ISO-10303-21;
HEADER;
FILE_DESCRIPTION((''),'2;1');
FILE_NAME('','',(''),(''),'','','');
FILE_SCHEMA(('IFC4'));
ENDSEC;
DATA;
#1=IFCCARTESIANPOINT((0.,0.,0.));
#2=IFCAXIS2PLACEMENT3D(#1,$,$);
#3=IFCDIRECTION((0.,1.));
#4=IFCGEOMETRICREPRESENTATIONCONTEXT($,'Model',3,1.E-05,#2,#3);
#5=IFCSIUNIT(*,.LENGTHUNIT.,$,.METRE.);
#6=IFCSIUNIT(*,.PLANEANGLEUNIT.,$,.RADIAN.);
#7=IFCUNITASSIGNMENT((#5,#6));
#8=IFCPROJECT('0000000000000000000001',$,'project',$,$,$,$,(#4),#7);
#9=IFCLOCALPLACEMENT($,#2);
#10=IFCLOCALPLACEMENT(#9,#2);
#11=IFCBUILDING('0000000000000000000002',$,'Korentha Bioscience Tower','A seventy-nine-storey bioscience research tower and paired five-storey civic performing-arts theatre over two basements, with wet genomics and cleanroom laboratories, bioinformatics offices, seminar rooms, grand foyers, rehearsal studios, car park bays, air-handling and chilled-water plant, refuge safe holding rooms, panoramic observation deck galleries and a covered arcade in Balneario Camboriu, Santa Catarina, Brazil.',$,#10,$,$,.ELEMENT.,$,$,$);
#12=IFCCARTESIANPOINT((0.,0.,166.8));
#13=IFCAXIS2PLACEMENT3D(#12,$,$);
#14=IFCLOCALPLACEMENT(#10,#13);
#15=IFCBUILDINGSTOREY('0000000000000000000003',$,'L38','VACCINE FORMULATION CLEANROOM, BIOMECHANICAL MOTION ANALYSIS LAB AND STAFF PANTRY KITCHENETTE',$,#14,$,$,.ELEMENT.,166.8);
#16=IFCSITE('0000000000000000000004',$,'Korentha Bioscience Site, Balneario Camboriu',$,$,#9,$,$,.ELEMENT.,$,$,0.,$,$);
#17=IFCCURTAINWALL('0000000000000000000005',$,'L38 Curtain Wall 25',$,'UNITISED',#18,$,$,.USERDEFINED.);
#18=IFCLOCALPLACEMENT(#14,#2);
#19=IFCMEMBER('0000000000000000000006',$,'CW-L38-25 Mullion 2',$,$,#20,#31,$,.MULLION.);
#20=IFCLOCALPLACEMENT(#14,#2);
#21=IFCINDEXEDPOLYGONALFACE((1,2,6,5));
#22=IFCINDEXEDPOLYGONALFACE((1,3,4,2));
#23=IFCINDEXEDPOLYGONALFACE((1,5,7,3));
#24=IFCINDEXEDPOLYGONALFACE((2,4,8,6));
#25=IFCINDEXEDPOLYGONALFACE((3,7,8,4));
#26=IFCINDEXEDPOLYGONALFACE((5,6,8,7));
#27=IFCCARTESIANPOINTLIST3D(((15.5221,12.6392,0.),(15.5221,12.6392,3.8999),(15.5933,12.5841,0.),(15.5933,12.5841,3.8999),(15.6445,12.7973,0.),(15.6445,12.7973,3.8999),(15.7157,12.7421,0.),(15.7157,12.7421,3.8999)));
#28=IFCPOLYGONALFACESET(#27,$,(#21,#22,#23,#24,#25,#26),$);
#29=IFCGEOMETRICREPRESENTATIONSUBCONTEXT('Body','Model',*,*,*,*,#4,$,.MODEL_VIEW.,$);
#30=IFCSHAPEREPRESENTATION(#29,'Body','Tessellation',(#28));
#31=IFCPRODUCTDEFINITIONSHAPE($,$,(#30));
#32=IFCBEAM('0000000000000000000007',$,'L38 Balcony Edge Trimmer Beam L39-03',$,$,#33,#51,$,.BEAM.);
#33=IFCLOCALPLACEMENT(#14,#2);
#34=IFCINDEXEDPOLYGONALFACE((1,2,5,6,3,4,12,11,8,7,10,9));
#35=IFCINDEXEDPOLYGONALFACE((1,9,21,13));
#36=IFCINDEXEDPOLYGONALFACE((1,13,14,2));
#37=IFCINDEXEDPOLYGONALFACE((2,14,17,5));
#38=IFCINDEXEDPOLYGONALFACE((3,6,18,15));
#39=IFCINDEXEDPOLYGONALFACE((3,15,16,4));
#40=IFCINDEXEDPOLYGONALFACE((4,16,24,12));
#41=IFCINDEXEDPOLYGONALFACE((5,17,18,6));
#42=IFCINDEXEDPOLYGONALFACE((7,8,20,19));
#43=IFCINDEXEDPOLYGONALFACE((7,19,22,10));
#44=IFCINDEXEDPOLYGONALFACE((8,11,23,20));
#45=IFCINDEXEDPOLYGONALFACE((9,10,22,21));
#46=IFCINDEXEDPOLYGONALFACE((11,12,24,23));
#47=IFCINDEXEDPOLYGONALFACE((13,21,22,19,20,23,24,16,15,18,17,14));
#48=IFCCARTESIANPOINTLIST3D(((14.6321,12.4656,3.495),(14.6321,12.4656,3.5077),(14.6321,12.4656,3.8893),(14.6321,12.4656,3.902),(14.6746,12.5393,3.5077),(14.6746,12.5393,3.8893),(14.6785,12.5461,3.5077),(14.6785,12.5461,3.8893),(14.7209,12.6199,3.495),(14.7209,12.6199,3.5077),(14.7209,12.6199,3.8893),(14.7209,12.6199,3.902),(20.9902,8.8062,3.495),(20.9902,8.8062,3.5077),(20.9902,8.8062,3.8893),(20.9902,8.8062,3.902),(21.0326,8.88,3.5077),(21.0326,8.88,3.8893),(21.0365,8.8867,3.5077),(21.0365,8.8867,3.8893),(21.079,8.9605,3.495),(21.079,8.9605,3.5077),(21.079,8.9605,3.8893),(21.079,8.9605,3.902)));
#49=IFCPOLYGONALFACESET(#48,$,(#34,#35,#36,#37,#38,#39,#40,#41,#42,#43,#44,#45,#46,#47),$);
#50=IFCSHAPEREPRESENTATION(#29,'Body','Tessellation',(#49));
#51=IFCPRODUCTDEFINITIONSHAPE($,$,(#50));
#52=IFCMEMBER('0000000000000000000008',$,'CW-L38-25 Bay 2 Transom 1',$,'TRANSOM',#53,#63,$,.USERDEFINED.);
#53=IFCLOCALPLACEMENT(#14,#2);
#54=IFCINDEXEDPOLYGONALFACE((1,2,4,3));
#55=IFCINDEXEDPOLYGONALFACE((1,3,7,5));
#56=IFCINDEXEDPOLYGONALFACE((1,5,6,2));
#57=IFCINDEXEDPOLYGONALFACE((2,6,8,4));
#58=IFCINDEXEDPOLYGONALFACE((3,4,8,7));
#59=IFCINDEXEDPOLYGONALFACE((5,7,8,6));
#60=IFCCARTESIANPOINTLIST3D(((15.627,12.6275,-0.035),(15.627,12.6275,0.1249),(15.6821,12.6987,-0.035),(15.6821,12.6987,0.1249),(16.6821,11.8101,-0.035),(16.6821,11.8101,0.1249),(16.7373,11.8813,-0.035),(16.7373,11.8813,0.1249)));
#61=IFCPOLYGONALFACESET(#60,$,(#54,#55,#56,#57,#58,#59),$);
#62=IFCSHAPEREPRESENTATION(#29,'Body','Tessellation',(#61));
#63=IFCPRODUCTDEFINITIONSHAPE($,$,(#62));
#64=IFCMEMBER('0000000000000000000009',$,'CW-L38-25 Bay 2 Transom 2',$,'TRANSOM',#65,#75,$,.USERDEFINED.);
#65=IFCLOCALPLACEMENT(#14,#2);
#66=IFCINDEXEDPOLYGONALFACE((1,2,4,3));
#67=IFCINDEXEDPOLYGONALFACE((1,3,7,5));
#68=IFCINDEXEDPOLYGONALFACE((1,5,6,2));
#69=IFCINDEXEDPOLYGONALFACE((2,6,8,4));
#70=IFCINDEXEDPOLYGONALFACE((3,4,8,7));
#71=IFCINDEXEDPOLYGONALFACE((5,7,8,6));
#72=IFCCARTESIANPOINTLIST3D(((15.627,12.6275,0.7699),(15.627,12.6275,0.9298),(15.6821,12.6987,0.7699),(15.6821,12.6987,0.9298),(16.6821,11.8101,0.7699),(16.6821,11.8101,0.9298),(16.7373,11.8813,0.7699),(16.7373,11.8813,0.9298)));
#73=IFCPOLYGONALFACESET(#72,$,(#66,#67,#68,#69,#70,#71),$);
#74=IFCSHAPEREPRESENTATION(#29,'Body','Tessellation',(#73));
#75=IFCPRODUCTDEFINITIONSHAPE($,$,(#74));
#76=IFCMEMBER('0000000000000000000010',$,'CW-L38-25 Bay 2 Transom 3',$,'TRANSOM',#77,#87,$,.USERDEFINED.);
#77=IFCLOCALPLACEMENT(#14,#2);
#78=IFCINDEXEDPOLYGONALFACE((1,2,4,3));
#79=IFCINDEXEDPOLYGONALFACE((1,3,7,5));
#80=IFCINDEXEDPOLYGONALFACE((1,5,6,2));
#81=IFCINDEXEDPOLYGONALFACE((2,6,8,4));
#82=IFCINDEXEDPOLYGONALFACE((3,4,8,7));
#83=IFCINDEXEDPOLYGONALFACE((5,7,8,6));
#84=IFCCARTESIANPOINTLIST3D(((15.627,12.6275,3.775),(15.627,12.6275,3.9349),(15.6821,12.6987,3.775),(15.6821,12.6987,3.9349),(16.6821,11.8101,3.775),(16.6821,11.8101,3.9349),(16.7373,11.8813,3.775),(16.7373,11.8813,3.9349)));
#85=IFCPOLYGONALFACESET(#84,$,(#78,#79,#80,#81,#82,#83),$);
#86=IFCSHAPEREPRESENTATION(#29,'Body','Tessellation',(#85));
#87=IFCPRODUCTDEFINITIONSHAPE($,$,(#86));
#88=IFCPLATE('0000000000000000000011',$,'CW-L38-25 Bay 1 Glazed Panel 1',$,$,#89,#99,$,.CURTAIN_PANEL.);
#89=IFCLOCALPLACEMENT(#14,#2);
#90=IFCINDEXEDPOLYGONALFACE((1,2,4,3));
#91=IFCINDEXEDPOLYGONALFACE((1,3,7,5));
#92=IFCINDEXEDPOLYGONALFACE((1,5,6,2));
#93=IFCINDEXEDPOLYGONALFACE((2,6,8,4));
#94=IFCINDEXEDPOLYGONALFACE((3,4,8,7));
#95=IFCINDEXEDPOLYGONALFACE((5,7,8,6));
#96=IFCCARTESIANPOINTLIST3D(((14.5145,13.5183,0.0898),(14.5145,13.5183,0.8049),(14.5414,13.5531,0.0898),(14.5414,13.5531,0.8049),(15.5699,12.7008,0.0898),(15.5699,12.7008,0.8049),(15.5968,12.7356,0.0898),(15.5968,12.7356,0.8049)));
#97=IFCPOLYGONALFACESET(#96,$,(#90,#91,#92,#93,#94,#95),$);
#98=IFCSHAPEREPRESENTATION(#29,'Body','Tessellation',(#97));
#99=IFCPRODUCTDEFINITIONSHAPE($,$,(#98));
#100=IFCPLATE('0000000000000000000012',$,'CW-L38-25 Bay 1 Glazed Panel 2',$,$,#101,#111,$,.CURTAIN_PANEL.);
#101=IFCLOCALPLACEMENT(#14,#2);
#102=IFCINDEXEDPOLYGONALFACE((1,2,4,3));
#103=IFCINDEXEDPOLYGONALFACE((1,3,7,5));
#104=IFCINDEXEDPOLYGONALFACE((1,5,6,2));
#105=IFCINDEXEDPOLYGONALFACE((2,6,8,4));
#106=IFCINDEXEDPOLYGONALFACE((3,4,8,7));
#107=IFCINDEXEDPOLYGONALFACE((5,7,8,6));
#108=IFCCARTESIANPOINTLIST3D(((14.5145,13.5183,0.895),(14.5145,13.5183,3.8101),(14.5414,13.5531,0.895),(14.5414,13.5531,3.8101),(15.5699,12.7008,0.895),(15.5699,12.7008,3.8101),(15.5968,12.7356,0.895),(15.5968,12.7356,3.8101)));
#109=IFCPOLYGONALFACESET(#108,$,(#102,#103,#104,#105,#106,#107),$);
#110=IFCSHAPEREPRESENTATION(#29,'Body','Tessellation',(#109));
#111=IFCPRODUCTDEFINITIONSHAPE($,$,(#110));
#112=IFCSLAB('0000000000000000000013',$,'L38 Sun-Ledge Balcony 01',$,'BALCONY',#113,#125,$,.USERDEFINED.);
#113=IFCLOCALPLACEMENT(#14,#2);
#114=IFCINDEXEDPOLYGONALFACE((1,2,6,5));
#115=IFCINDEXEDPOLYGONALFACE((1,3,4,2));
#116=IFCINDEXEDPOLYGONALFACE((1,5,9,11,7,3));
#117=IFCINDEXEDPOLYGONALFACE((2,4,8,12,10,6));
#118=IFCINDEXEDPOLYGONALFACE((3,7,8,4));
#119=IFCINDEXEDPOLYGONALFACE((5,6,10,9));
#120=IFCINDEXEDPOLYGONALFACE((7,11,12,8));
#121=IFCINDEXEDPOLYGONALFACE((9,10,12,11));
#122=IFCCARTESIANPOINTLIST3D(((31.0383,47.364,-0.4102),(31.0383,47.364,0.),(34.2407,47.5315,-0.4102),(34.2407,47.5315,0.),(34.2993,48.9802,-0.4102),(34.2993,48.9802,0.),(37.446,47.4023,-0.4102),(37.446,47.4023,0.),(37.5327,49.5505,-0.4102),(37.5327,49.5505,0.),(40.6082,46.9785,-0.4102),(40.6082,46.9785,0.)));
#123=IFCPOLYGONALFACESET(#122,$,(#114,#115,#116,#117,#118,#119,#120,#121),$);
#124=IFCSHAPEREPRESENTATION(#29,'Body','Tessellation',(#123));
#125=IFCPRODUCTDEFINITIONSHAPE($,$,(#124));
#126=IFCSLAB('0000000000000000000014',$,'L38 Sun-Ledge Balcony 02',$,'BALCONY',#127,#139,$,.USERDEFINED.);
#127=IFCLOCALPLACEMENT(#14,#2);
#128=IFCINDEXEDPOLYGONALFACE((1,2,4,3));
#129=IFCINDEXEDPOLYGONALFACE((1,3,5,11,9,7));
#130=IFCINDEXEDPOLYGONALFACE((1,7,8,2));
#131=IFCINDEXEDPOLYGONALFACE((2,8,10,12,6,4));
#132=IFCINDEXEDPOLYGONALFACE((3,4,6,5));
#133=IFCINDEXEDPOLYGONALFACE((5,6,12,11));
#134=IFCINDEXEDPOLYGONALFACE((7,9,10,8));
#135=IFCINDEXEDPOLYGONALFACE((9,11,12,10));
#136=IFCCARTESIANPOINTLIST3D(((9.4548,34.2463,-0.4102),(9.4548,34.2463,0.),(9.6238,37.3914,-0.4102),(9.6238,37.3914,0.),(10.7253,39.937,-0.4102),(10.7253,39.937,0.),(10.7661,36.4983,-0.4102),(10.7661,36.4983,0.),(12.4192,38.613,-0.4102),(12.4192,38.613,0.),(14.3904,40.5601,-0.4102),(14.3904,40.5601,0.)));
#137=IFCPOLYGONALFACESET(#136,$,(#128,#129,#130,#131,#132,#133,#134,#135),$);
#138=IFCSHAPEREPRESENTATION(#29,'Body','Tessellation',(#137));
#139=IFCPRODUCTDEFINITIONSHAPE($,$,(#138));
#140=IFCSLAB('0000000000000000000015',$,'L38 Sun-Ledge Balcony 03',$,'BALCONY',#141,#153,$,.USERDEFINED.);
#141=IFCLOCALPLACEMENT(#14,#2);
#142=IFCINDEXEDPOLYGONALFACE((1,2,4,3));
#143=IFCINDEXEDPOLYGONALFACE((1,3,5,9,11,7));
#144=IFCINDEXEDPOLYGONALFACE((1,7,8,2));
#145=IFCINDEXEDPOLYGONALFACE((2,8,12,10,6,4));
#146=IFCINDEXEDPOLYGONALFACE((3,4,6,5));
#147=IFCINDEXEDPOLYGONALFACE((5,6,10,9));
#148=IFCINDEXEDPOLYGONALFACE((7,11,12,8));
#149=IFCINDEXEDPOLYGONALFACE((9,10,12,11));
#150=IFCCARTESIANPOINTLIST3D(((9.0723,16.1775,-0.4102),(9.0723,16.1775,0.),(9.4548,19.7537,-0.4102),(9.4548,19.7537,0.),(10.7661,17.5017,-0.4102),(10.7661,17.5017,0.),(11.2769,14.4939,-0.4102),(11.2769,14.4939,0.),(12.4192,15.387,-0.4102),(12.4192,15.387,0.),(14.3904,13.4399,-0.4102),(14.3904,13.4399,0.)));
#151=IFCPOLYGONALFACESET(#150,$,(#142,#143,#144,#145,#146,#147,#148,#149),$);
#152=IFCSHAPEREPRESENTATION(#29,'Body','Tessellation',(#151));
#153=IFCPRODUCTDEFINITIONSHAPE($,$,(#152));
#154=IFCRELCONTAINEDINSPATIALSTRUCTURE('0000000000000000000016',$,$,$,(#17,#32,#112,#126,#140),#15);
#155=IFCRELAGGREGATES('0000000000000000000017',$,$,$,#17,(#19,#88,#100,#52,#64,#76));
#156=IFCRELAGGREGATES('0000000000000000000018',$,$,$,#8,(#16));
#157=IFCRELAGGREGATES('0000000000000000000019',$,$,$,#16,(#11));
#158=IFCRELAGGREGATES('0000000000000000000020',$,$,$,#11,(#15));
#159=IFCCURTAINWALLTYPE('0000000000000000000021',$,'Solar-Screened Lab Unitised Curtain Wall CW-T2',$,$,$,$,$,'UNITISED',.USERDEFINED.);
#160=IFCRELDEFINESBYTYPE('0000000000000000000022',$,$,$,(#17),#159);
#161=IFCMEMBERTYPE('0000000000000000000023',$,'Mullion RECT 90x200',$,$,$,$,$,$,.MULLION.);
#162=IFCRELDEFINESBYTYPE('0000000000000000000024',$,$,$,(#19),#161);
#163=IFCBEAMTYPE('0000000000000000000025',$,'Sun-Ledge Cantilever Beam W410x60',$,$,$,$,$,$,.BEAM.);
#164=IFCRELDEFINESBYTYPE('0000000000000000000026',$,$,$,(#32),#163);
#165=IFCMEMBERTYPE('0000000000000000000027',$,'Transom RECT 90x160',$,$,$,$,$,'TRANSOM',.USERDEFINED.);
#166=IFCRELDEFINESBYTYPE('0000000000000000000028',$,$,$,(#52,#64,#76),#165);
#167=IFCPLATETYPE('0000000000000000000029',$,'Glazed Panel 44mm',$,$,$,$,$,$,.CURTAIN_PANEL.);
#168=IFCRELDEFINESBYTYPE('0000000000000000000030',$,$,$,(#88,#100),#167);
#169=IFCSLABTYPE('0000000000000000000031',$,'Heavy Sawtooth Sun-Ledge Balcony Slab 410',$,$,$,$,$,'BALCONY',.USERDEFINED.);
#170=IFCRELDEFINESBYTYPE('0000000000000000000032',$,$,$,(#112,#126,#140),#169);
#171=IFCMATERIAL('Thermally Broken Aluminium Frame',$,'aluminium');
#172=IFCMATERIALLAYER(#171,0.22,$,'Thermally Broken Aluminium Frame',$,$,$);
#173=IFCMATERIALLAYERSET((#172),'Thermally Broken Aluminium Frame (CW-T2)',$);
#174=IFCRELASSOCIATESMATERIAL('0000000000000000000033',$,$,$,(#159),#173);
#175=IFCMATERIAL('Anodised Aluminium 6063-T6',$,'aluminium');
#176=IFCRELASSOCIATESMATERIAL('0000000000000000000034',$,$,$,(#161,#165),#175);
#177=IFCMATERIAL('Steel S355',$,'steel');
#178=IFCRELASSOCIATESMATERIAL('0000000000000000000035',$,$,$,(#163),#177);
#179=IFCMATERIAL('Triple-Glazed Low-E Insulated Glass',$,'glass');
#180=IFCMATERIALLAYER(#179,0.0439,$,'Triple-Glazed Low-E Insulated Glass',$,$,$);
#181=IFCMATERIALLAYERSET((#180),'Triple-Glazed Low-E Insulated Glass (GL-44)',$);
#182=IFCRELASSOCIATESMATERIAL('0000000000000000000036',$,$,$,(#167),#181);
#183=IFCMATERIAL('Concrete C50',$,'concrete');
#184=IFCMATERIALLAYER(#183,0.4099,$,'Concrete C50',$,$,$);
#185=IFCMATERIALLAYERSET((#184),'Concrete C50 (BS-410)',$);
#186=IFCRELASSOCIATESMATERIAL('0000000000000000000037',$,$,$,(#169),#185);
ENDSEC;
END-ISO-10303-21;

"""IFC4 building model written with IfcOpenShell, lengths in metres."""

from ifc_helpers import new_model, si_unit, direction, frame, origin, origin_2d, place, context, subcontext, project, spatial, polyline, rectangle, i_section, outline, extrude, material, layer, layer_set, material_profile, profile_set, type_object, element, aggregate, save


model = new_model("IFC4")

# Units and contexts
model_context = context("Model", 3, precision=1e-05, world=origin(), true_north=direction((0.0, 1.0)))
body_context = subcontext(model_context, "Body", "Model", "MODEL_VIEW")
ifc_project = project(units=[si_unit("LENGTHUNIT", "METRE"), si_unit("PLANEANGLEUNIT", "RADIAN")], contexts=[model_context])

# Site, building, storey
site_placement = place(None, origin())
site = spatial("IfcSite", under=ifc_project, at=site_placement, Name="Korentha Bioscience Site, Balneario Camboriu", CompositionType="ELEMENT", RefElevation=0.0)
building_placement = place(site_placement, origin())
building = spatial("IfcBuilding", under=site, at=building_placement, Name="Korentha Bioscience Tower", Description="A seventy-nine-storey bioscience research tower and paired five-storey civic performing-arts theatre over two basements, with wet genomics and cleanroom laboratories, bioinformatics offices, seminar rooms, grand foyers, rehearsal studios, car park bays, air-handling and chilled-water plant, refuge safe holding rooms, panoramic observation deck galleries and a covered arcade in Balneario Camboriu, Santa Catarina, Brazil.", CompositionType="ELEMENT")
storey_placement = place(building_placement, frame((0.0, 0.0, 166.8)))
storey = spatial("IfcBuildingStorey", under=building, at=storey_placement, Name="L38", Description="VACCINE FORMULATION CLEANROOM, BIOMECHANICAL MOTION ANALYSIS LAB AND STAFF PANTRY KITCHENETTE", CompositionType="ELEMENT", Elevation=166.8)

# Curtain wall, member
ifc_material_1 = material(Name="Thermally Broken Aluminium Frame", Category="aluminium")
ifc_layer_1 = layer(ifc_material_1, 0.22, Name="Thermally Broken Aluminium Frame")
ifc_layer_set_1 = layer_set([ifc_layer_1], Name="Thermally Broken Aluminium Frame (CW-T2)")
curtain_wall_type = type_object("IfcCurtainWallType", Name="Solar-Screened Lab Unitised Curtain Wall CW-T2", ElementType="UNITISED", PredefinedType="USERDEFINED", material=ifc_layer_set_1)
curtain_wall_placement = place(storey_placement, origin())
curtain_wall = element("IfcCurtainWall", 1, at=curtain_wall_placement, inside=storey, type_object=curtain_wall_type, Name="L38 Curtain Wall 25", ObjectType="UNITISED", PredefinedType="USERDEFINED")
ifc_material_2 = material(Name="Anodised Aluminium 6063-T6", Category="aluminium")
ifc_material_profile_1 = material_profile(ifc_material_2, rectangle(XDim=0.0901, YDim=0.2, at=origin_2d()), Name="Anodised Aluminium 6063-T6")
ifc_profile_set_1 = profile_set([ifc_material_profile_1], Name="Anodised Aluminium 6063-T6 (CW-MUL)")
member_type_1 = type_object("IfcMemberType", Name="Mullion RECT 90x200", PredefinedType="MULLION", material=ifc_profile_set_1)
member_1_placement = place(storey_placement, frame((15.6189, 12.6907, 0.0), z_axis=(0.0, 0.0, 1.0), x_axis=(0.790547, -0.612402, 0.0)))
member_1 = element("IfcMember", 2, at=member_1_placement, type_object=member_type_1, Name="CW-L38-25 Mullion 2", PredefinedType="MULLION", context=body_context, shape_type="SweptSolid", body=[
    extrude(rectangle(XDim=0.0901, YDim=0.2, at=origin_2d()), origin(), (0.0, 0.0, 1.0), 3.8999),
])

# Beam
ifc_material_3 = material(Name="Steel S355", Category="steel")
ifc_material_profile_2 = material_profile(ifc_material_3, i_section(OverallWidth=0.178, OverallDepth=0.407, WebThickness=0.0078, FlangeThickness=0.0127, at=origin_2d()), Name="Steel S355")
ifc_profile_set_2 = profile_set([ifc_material_profile_2], Name="Steel S355 (CB-410)")
beam_type = type_object("IfcBeamType", Name="Sun-Ledge Cantilever Beam W410x60", PredefinedType="BEAM", material=ifc_profile_set_2)
beam_placement = place(storey_placement, frame((14.6765, 12.5427, 3.6985), z_axis=(0.866701, -0.498828, 0.0), x_axis=(0.498828, 0.866701, 0.0)))
element("IfcBeam", 3, at=beam_placement, inside=storey, type_object=beam_type, Name="L38 Balcony Edge Trimmer Beam L39-03", PredefinedType="BEAM", context=body_context, shape_type="SweptSolid", body=[
    extrude(i_section(OverallWidth=0.178, OverallDepth=0.407, WebThickness=0.0078, FlangeThickness=0.0127, at=origin_2d()), origin(), (0.0, 0.0, 1.0), 7.3359),
])

# Members
ifc_material_profile_3 = material_profile(ifc_material_2, rectangle(XDim=0.0901, YDim=0.1599, at=origin_2d()), Name="Anodised Aluminium 6063-T6")
ifc_profile_set_3 = profile_set([ifc_material_profile_3], Name="Anodised Aluminium 6063-T6 (CW-TRN)")
member_type_2 = type_object("IfcMemberType", Name="Transom RECT 90x160", ElementType="TRANSOM", PredefinedType="USERDEFINED", material=ifc_profile_set_3)
member_2_placement = place(storey_placement, frame((15.6545, 12.6631, 0.0449), z_axis=(0.790552, -0.612395, 0.0), x_axis=(0.612395, 0.790552, 0.0)))
member_2 = element("IfcMember", 4, at=member_2_placement, type_object=member_type_2, Name="CW-L38-25 Bay 2 Transom 1", ObjectType="TRANSOM", PredefinedType="USERDEFINED", context=body_context, shape_type="SweptSolid", body=[
    extrude(rectangle(XDim=0.0901, YDim=0.1599, at=origin_2d()), origin(), (0.0, 0.0, 1.0), 1.3347),
])
member_3_placement = place(storey_placement, frame((15.6545, 12.6631, 0.8499), z_axis=(0.790552, -0.612395, 0.0), x_axis=(0.612395, 0.790552, 0.0)))
member_3 = element("IfcMember", 5, at=member_3_placement, type_object=member_type_2, Name="CW-L38-25 Bay 2 Transom 2", ObjectType="TRANSOM", PredefinedType="USERDEFINED", context=body_context, shape_type="SweptSolid", body=[
    extrude(rectangle(XDim=0.0901, YDim=0.1599, at=origin_2d()), origin(), (0.0, 0.0, 1.0), 1.3347),
])
member_4_placement = place(storey_placement, frame((15.6545, 12.6631, 3.855), z_axis=(0.790552, -0.612395, 0.0), x_axis=(0.612395, 0.790552, 0.0)))
member_4 = element("IfcMember", 6, at=member_4_placement, type_object=member_type_2, Name="CW-L38-25 Bay 2 Transom 3", ObjectType="TRANSOM", PredefinedType="USERDEFINED", context=body_context, shape_type="SweptSolid", body=[
    extrude(rectangle(XDim=0.0901, YDim=0.1599, at=origin_2d()), origin(), (0.0, 0.0, 1.0), 1.3347),
])

# Plates
ifc_material_4 = material(Name="Triple-Glazed Low-E Insulated Glass", Category="glass")
ifc_layer_2 = layer(ifc_material_4, 0.0439, Name="Triple-Glazed Low-E Insulated Glass")
ifc_layer_set_2 = layer_set([ifc_layer_2], Name="Triple-Glazed Low-E Insulated Glass (GL-44)")
plate_type = type_object("IfcPlateType", Name="Glazed Panel 44mm", PredefinedType="CURTAIN_PANEL", material=ifc_layer_set_2)
plate_1_placement = place(storey_placement, frame((15.0557, 13.127, 0.0898), z_axis=(0.0, 0.0, 1.0), x_axis=(0.790547, -0.612402, 0.0)))
plate_1 = element("IfcPlate", 7, at=plate_1_placement, type_object=plate_type, Name="CW-L38-25 Bay 1 Glazed Panel 1", PredefinedType="CURTAIN_PANEL", context=body_context, shape_type="SweptSolid", body=[
    extrude(rectangle(XDim=1.335, YDim=0.0439, at=origin_2d()), origin(), (0.0, 0.0, 1.0), 0.7151),
])
plate_2_placement = place(storey_placement, frame((15.0557, 13.127, 0.895), z_axis=(0.0, 0.0, 1.0), x_axis=(0.790547, -0.612402, 0.0)))
plate_2 = element("IfcPlate", 8, at=plate_2_placement, type_object=plate_type, Name="CW-L38-25 Bay 1 Glazed Panel 2", PredefinedType="CURTAIN_PANEL", context=body_context, shape_type="SweptSolid", body=[
    extrude(rectangle(XDim=1.335, YDim=0.0439, at=origin_2d()), origin(), (0.0, 0.0, 1.0), 2.915),
])
aggregate(curtain_wall, [member_1, plate_1, plate_2, member_2, member_3, member_4])

# Slabs
ifc_material_5 = material(Name="Concrete C50", Category="concrete")
ifc_layer_3 = layer(ifc_material_5, 0.4099, Name="Concrete C50")
ifc_layer_set_3 = layer_set([ifc_layer_3], Name="Concrete C50 (BS-410)")
slab_type_1 = type_object("IfcSlabType", Name="Heavy Sawtooth Sun-Ledge Balcony Slab 410", ElementType="BALCONY", PredefinedType="USERDEFINED", material=ifc_layer_set_3)
slab_1_placement = place(storey_placement, frame((0.0, 0.0, -0.4102)))
element("IfcSlab", 9, at=slab_1_placement, inside=storey, type_object=slab_type_1, Name="L38 Sun-Ledge Balcony 01", ObjectType="BALCONY", PredefinedType="USERDEFINED", context=body_context, shape_type="SweptSolid", body=[
    extrude(outline(polyline([(31.0383, 47.364), (34.2407, 47.5315), (37.446, 47.4023), (40.6082, 46.9785), (37.5327, 49.5505), (34.2993, 48.9802), (31.0383, 47.364)])), origin(), (0.0, 0.0, 1.0), 0.4102),
])
slab_2_placement = place(storey_placement, frame((0.0, 0.0, -0.4102)))
element("IfcSlab", 10, at=slab_2_placement, inside=storey, type_object=slab_type_1, Name="L38 Sun-Ledge Balcony 02", ObjectType="BALCONY", PredefinedType="USERDEFINED", context=body_context, shape_type="SweptSolid", body=[
    extrude(outline(polyline([(9.4548, 34.2463), (10.7661, 36.4983), (12.4192, 38.613), (14.3904, 40.5601), (10.7253, 39.937), (9.6238, 37.3914), (9.4548, 34.2463)])), origin(), (0.0, 0.0, 1.0), 0.4102),
])
slab_3_placement = place(storey_placement, frame((0.0, 0.0, -0.4102)))
element("IfcSlab", 11, at=slab_3_placement, inside=storey, type_object=slab_type_1, Name="L38 Sun-Ledge Balcony 03", ObjectType="BALCONY", PredefinedType="USERDEFINED", context=body_context, shape_type="SweptSolid", body=[
    extrude(outline(polyline([(14.3904, 13.4399), (12.4192, 15.387), (10.7661, 17.5017), (9.4548, 19.7537), (9.0723, 16.1775), (11.2769, 14.4939), (14.3904, 13.4399)])), origin(), (0.0, 0.0, 1.0), 0.4102),
])

save(model, "model.ifc")
